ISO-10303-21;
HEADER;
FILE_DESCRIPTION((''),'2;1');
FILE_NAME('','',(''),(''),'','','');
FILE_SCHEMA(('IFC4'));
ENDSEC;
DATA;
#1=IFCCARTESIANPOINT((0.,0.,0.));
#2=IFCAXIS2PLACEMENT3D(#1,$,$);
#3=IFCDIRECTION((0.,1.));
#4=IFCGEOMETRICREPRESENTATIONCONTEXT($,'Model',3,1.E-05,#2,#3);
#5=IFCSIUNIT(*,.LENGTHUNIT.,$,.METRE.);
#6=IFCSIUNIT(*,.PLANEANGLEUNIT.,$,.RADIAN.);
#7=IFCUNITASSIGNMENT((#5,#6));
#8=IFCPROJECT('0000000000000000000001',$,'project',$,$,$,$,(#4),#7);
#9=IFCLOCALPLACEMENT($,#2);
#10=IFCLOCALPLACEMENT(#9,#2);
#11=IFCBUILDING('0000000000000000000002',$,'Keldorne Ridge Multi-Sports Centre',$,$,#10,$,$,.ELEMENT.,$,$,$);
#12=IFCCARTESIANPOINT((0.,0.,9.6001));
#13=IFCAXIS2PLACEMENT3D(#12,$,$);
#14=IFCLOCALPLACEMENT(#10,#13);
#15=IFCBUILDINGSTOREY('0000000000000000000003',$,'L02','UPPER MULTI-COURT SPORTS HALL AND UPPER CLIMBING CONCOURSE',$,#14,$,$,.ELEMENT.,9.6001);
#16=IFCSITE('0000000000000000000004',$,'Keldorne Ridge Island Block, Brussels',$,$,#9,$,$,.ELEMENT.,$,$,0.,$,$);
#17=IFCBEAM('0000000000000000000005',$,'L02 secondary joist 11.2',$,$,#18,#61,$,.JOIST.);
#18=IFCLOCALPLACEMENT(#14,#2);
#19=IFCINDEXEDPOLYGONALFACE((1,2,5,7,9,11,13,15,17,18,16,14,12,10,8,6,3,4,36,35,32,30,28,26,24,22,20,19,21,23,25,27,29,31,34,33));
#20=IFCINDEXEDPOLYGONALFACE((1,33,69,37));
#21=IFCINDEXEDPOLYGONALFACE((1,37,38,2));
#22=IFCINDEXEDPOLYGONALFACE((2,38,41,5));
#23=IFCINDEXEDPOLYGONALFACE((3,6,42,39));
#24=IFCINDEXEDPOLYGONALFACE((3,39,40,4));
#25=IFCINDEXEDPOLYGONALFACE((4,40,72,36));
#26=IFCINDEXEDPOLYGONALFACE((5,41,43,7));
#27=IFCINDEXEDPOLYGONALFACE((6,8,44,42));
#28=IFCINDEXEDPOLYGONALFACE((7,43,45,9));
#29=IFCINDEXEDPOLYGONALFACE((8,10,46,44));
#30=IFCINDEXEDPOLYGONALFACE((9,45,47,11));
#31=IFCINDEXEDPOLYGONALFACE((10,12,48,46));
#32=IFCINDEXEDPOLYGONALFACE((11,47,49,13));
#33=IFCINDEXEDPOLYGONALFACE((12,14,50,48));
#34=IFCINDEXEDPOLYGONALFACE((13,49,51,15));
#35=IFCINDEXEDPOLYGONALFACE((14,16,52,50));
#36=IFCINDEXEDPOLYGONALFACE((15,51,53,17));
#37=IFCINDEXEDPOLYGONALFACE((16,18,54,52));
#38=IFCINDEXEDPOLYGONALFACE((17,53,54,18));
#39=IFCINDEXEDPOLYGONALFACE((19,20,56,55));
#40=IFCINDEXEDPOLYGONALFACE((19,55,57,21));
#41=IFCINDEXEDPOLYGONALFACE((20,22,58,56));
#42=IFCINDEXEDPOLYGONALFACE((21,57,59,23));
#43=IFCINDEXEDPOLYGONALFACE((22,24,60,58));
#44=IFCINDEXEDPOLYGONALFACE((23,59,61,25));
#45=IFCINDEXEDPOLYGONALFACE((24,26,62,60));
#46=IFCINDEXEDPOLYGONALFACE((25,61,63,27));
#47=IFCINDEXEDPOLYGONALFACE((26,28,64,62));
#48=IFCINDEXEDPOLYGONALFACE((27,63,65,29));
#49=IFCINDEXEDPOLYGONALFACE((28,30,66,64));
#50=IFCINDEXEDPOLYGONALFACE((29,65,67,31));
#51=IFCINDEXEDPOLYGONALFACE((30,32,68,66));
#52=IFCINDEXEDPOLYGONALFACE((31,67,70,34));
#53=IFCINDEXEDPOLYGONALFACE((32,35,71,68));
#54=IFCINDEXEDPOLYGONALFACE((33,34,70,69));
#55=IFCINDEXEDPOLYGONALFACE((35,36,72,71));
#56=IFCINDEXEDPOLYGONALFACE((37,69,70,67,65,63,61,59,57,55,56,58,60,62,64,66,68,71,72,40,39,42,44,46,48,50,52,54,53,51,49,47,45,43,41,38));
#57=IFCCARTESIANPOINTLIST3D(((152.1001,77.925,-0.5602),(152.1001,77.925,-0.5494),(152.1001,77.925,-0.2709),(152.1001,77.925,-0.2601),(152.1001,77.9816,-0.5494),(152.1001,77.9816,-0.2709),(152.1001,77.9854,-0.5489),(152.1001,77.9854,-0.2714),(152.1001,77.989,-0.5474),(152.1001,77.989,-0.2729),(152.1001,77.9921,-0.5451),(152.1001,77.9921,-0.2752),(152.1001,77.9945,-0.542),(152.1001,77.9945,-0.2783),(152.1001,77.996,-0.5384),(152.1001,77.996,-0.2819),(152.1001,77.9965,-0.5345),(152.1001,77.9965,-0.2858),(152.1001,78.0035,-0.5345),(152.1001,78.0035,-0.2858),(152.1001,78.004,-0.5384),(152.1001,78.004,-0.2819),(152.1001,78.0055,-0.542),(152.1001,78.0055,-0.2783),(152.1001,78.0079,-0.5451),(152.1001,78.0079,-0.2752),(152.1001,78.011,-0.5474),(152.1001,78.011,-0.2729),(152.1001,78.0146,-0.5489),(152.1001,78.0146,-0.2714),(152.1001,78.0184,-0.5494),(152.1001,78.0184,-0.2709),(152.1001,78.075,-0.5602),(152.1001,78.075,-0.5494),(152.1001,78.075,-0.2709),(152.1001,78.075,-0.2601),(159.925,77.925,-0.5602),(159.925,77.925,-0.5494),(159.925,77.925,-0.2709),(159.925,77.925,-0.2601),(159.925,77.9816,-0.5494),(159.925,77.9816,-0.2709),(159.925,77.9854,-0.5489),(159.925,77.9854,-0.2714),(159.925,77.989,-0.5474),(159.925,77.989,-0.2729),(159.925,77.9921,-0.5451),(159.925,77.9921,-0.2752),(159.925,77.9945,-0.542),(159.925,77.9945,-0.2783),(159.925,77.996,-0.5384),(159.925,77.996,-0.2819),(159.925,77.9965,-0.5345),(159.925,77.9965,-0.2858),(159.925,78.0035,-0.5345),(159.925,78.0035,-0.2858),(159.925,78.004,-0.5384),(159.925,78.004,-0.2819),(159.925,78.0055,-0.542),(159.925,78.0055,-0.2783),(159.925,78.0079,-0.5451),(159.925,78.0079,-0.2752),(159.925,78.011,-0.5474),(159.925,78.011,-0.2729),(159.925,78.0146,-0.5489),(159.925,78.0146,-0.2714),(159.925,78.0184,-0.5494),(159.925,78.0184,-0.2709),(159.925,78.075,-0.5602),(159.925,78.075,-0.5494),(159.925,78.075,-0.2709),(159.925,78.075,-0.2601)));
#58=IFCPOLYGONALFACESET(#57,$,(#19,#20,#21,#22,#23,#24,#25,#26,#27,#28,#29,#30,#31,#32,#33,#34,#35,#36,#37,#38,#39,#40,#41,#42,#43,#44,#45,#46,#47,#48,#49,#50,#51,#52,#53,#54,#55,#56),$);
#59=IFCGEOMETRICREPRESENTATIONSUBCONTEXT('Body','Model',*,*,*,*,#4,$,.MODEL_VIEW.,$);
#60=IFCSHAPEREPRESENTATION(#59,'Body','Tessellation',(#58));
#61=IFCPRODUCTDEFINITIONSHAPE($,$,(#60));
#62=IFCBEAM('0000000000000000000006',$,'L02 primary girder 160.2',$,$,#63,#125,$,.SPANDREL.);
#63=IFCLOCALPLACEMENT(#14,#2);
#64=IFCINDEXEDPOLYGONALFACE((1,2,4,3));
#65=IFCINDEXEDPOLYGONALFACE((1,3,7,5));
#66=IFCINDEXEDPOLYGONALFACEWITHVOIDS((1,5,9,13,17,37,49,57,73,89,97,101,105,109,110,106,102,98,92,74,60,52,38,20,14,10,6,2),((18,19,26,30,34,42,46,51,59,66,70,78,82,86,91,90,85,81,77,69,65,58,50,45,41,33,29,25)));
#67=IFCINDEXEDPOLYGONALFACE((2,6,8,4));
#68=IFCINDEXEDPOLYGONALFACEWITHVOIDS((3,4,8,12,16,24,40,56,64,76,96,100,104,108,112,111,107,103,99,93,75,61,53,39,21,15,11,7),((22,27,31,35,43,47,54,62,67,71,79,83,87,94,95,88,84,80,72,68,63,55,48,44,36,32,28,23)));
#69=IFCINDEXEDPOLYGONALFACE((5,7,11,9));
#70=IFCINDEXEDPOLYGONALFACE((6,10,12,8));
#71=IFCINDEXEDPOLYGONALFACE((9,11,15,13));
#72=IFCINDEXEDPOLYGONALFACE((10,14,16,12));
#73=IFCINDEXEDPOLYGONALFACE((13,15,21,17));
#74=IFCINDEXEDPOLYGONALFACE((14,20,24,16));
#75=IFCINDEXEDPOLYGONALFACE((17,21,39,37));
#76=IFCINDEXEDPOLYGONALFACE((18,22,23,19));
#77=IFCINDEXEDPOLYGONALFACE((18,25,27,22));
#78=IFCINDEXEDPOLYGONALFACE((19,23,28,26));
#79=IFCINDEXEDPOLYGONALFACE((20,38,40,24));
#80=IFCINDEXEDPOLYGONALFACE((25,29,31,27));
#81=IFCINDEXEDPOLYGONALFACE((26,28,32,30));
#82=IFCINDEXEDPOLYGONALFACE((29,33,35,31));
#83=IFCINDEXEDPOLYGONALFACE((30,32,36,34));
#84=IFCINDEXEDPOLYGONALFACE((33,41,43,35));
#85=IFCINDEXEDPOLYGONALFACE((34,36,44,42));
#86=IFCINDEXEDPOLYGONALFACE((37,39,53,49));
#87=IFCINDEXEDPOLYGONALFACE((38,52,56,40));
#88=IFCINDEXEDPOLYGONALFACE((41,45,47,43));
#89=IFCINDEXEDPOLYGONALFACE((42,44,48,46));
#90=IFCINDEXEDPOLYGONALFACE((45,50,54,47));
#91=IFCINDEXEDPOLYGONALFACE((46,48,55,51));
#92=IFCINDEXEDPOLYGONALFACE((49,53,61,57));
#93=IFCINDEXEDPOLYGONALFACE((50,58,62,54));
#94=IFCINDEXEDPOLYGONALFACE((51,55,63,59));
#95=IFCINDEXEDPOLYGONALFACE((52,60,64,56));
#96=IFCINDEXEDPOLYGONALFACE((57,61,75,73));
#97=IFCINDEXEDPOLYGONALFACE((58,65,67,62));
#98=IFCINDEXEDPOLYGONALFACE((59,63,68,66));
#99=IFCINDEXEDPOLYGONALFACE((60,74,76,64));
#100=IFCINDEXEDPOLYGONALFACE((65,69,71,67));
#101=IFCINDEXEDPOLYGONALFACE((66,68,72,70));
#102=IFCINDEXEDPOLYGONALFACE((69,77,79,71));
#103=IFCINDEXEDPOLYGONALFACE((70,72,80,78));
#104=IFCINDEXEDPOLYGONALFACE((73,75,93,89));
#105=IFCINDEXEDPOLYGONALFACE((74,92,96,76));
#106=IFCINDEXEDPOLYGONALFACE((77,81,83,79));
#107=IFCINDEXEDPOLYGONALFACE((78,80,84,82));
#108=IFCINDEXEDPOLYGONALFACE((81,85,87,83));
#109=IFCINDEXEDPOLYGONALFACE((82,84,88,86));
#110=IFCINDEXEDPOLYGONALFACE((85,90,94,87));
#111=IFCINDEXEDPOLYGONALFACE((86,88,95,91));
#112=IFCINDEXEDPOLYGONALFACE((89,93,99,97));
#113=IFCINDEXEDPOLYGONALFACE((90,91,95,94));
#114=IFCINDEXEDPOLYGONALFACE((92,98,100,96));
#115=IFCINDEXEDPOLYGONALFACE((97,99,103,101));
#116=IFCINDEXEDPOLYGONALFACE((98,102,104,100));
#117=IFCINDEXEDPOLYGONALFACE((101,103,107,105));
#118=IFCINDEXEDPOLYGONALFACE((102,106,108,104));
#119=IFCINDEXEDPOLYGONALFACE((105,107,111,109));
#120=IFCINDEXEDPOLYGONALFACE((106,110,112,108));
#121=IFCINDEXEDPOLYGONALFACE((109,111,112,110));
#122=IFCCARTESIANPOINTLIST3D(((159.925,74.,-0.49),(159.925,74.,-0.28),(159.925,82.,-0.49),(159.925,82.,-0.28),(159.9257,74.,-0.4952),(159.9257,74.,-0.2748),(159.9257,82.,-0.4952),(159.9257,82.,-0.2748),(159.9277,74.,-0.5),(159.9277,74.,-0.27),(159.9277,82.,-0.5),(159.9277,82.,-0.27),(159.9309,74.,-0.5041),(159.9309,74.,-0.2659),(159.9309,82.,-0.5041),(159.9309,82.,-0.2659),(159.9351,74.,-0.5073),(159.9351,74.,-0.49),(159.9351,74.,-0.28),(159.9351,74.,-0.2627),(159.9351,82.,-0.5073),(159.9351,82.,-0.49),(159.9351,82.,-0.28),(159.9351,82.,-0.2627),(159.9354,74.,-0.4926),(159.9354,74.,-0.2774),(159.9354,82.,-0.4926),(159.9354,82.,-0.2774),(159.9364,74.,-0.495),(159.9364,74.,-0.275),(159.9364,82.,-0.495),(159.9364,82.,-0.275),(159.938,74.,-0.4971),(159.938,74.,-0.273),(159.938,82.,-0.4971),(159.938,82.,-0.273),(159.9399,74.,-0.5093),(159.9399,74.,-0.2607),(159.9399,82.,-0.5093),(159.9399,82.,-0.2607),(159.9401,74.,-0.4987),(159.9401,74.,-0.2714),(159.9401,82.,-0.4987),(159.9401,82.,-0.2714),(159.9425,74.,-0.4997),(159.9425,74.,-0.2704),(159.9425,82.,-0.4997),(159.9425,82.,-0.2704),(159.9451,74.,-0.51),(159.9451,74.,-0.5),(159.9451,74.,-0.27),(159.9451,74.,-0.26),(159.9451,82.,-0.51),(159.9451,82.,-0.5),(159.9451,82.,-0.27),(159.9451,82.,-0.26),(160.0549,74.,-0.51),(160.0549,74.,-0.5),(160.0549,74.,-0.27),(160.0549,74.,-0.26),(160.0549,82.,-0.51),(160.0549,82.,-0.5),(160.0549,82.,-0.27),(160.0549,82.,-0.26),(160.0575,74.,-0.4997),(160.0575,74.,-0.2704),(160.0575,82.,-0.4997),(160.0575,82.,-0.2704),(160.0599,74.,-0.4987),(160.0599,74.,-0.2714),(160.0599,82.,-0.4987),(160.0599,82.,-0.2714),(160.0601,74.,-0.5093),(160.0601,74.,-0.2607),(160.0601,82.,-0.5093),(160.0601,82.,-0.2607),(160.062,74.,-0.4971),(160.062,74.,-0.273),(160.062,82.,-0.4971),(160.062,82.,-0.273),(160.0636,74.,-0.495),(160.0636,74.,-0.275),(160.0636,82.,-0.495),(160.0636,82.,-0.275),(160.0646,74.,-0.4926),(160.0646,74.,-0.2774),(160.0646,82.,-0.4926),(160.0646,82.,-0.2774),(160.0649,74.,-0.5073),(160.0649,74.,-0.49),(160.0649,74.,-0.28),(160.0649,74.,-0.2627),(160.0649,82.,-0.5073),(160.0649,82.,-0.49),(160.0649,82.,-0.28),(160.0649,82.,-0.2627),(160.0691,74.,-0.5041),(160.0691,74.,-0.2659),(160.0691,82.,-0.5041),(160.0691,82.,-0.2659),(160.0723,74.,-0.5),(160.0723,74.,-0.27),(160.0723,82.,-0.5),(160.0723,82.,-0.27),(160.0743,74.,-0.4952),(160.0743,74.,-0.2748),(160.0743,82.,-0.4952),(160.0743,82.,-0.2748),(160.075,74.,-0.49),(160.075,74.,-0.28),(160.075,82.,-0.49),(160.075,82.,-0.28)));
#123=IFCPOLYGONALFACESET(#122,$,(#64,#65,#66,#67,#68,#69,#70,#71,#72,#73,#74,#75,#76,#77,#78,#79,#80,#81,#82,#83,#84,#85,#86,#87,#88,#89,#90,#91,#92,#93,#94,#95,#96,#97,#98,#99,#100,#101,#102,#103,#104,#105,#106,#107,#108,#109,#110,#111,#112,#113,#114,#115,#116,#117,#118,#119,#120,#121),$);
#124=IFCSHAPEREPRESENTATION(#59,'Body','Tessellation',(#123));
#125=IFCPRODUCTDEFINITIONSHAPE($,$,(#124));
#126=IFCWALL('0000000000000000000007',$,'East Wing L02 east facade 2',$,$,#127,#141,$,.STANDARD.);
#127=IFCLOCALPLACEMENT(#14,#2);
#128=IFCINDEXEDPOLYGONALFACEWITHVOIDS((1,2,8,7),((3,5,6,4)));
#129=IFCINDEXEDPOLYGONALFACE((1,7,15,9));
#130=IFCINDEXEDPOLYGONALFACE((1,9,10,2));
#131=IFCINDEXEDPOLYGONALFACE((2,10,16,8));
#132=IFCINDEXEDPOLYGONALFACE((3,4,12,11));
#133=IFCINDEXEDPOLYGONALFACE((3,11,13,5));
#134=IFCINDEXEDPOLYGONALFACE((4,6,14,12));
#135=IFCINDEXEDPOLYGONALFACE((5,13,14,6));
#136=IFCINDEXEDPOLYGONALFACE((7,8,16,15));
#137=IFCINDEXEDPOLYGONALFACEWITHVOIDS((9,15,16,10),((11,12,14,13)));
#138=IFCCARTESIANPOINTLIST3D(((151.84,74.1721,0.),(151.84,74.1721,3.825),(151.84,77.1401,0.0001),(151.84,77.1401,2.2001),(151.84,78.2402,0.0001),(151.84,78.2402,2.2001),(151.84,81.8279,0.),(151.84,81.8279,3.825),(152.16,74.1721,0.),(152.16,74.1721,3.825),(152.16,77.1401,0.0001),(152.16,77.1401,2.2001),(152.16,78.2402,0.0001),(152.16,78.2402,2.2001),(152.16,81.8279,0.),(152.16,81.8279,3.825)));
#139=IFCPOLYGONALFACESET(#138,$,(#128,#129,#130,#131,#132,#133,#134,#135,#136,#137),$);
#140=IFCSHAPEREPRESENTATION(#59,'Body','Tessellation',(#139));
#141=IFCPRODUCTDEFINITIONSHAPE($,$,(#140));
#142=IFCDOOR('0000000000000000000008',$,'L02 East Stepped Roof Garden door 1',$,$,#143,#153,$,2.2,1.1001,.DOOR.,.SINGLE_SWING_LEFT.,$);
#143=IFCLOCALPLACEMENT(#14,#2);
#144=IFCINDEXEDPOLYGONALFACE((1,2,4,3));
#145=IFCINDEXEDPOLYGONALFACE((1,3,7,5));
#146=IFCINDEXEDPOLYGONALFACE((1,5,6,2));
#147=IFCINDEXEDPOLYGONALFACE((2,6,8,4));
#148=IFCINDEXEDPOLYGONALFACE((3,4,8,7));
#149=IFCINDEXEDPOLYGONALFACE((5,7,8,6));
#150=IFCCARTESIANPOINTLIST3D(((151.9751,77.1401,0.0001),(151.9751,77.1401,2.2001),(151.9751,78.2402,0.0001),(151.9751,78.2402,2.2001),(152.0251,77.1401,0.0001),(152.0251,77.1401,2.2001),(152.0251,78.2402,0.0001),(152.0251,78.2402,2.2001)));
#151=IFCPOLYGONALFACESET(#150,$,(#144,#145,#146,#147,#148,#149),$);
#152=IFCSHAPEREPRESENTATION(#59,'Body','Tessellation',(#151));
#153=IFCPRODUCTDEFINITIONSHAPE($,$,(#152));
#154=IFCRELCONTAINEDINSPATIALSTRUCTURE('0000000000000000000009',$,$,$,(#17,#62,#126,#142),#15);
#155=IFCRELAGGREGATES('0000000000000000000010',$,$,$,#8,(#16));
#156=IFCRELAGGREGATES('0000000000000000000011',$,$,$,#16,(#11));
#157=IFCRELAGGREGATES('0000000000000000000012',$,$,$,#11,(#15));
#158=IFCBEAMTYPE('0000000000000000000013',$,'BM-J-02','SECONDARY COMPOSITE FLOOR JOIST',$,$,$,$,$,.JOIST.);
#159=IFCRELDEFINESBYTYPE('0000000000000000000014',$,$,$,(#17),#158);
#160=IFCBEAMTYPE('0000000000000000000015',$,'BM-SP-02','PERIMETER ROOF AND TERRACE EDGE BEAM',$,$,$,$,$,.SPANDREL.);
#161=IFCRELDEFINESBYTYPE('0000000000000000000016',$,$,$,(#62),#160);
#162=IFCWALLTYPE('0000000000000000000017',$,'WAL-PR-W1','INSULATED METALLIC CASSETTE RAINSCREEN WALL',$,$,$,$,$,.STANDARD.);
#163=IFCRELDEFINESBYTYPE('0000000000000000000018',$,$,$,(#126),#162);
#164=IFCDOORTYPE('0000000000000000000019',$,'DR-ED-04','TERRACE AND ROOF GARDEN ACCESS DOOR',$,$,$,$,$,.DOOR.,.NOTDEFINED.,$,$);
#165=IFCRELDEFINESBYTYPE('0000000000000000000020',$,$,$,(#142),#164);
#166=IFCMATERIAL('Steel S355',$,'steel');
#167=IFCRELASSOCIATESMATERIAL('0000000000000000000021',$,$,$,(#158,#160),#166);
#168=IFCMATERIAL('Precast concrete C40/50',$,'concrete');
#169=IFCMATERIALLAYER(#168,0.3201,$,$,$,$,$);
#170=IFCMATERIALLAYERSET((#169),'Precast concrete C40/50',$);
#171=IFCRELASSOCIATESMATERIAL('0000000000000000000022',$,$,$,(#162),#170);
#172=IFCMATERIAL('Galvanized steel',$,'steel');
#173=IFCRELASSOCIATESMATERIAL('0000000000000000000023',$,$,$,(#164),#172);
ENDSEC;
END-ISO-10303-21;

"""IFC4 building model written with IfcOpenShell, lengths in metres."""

from ifc_helpers import new_model, si_unit, direction, frame, frame_2d, origin, origin_2d, place, context, subcontext, project, spatial, rectangle, hollow_rectangle, i_section, extrude, material, layer, layer_set, material_profile, profile_set, type_object, element, fill, save


model = new_model("IFC4")

# Units and contexts
model_context = context("Model", 3, precision=1e-05, world=origin(), true_north=direction((0.0, 1.0)))
body_context = subcontext(model_context, "Body", "Model", "MODEL_VIEW")
ifc_project = project(units=[si_unit("LENGTHUNIT", "METRE"), si_unit("PLANEANGLEUNIT", "RADIAN")], contexts=[model_context])

# Site, building, storey
site_placement = place(None, origin())
site = spatial("IfcSite", under=ifc_project, at=site_placement, Name="Keldorne Ridge Island Block, Brussels", CompositionType="ELEMENT", RefElevation=0.0)
building_placement = place(site_placement, origin())
building = spatial("IfcBuilding", under=site, at=building_placement, Name="Keldorne Ridge Multi-Sports Centre", CompositionType="ELEMENT")
storey_placement = place(building_placement, frame((0.0, 0.0, 9.6001)))
storey = spatial("IfcBuildingStorey", under=building, at=storey_placement, Name="L02", Description="UPPER MULTI-COURT SPORTS HALL AND UPPER CLIMBING CONCOURSE", CompositionType="ELEMENT", Elevation=9.6001)

# Shared definitions
ifc_material_1 = material(Name="Steel S355", Category="steel")

# Beams
ifc_material_profile_1 = material_profile(ifc_material_1, i_section(OverallWidth=0.1499, OverallDepth=0.3, WebThickness=0.0071, FlangeThickness=0.0107, FilletRadius=0.0149, at=origin_2d()), Name="IPE 300")
ifc_profile_set_1 = profile_set([ifc_material_profile_1], Name="Steel S355")
beam_type_1 = type_object("IfcBeamType", Name="BM-J-02", Description="SECONDARY COMPOSITE FLOOR JOIST", PredefinedType="JOIST", material=ifc_profile_set_1)
beam_1_placement = place(storey_placement, frame((152.1001, 78.0, -0.4102), z_axis=(1.0, 0.0, 0.0), x_axis=(0.0, 1.0, 0.0)))
element("IfcBeam", 1, at=beam_1_placement, inside=storey, type_object=beam_type_1, Name="L02 secondary joist 11.2", PredefinedType="JOIST", context=body_context, shape_type="SweptSolid", body=[
    extrude(i_section(OverallWidth=0.1499, OverallDepth=0.3, WebThickness=0.0071, FlangeThickness=0.0107, FilletRadius=0.0149, at=origin_2d()), origin(), (0.0, 0.0, 1.0), 7.825),
])
ifc_material_profile_2 = material_profile(ifc_material_1, hollow_rectangle(XDim=0.1499, YDim=0.25, WallThickness=0.01, InnerFilletRadius=0.01, OuterFilletRadius=0.02, at=origin_2d()), Name="RHS 250x150x10")
ifc_profile_set_2 = profile_set([ifc_material_profile_2], Name="Steel S355")
beam_type_2 = type_object("IfcBeamType", Name="BM-SP-02", Description="PERIMETER ROOF AND TERRACE EDGE BEAM", PredefinedType="SPANDREL", material=ifc_profile_set_2)
beam_2_placement = place(storey_placement, frame((160.0, 74.0, -0.385), z_axis=(0.0, 1.0, 0.0), x_axis=(-1.0, 0.0, 0.0)))
element("IfcBeam", 2, at=beam_2_placement, inside=storey, type_object=beam_type_2, Name="L02 primary girder 160.2", PredefinedType="SPANDREL", context=body_context, shape_type="SweptSolid", body=[
    extrude(hollow_rectangle(XDim=0.1499, YDim=0.25, WallThickness=0.01, InnerFilletRadius=0.01, OuterFilletRadius=0.02, at=origin_2d()), origin(), (0.0, 0.0, 1.0), 8.0),
])

# Wall, opening, door
ifc_material_2 = material(Name="Precast concrete C40/50", Category="concrete")
ifc_layer = layer(ifc_material_2, 0.3201)
ifc_layer_set = layer_set([ifc_layer], Name="Precast concrete C40/50")
wall_type = type_object("IfcWallType", Name="WAL-PR-W1", Description="INSULATED METALLIC CASSETTE RAINSCREEN WALL", PredefinedType="STANDARD", material=ifc_layer_set)
wall_placement = place(storey_placement, frame((152.0, 74.1721, 0.0), z_axis=(0.0, 0.0, 1.0), x_axis=(0.0, 1.0, 0.0)))
wall = element("IfcWall", 3, at=wall_placement, inside=storey, type_object=wall_type, Name="East Wing L02 east facade 2", PredefinedType="STANDARD", context=body_context, shape_type="SweptSolid", body=[
    extrude(rectangle(XDim=7.6558, YDim=0.3201, at=frame_2d((3.8279, 0.0))), origin(), (0.0, 0.0, 1.0), 3.825),
])
opening_placement = place(wall_placement, frame((2.968, 0.0, 0.0)))
opening = element("IfcOpeningElement", 4, at=opening_placement, cuts=wall, PredefinedType="OPENING", context=body_context, shape_type="SweptSolid", body=[
    extrude(rectangle(XDim=1.1001, YDim=2.2, at=frame_2d((0.55, 1.1001))), frame((0.0, 0.1699, 0.0), z_axis=(0.0, -1.0, 0.0), x_axis=(1.0, 0.0, 0.0)), (0.0, 0.0, 1.0), 0.3401),
])
ifc_material_3 = material(Name="Galvanized steel", Category="steel")
door_type = type_object("IfcDoorType", Name="DR-ED-04", Description="TERRACE AND ROOF GARDEN ACCESS DOOR", OperationType="NOTDEFINED", PredefinedType="DOOR", material=ifc_material_3)
door_placement = place(opening_placement, origin())
door = element("IfcDoor", 5, at=door_placement, inside=storey, type_object=door_type, Name="L02 East Stepped Roof Garden door 1", OperationType="SINGLE_SWING_LEFT", OverallHeight=2.2, OverallWidth=1.1001, PredefinedType="DOOR", context=body_context, shape_type="SweptSolid", body=[
    extrude(rectangle(XDim=1.1001, YDim=2.2, at=frame_2d((0.55, 1.1001))), frame((0.0, 0.0249, 0.0), z_axis=(0.0, -1.0, 0.0), x_axis=(1.0, 0.0, 0.0)), (0.0, 0.0, 1.0), 0.05),
])
fill(opening, door)

save(model, "model.ifc")
